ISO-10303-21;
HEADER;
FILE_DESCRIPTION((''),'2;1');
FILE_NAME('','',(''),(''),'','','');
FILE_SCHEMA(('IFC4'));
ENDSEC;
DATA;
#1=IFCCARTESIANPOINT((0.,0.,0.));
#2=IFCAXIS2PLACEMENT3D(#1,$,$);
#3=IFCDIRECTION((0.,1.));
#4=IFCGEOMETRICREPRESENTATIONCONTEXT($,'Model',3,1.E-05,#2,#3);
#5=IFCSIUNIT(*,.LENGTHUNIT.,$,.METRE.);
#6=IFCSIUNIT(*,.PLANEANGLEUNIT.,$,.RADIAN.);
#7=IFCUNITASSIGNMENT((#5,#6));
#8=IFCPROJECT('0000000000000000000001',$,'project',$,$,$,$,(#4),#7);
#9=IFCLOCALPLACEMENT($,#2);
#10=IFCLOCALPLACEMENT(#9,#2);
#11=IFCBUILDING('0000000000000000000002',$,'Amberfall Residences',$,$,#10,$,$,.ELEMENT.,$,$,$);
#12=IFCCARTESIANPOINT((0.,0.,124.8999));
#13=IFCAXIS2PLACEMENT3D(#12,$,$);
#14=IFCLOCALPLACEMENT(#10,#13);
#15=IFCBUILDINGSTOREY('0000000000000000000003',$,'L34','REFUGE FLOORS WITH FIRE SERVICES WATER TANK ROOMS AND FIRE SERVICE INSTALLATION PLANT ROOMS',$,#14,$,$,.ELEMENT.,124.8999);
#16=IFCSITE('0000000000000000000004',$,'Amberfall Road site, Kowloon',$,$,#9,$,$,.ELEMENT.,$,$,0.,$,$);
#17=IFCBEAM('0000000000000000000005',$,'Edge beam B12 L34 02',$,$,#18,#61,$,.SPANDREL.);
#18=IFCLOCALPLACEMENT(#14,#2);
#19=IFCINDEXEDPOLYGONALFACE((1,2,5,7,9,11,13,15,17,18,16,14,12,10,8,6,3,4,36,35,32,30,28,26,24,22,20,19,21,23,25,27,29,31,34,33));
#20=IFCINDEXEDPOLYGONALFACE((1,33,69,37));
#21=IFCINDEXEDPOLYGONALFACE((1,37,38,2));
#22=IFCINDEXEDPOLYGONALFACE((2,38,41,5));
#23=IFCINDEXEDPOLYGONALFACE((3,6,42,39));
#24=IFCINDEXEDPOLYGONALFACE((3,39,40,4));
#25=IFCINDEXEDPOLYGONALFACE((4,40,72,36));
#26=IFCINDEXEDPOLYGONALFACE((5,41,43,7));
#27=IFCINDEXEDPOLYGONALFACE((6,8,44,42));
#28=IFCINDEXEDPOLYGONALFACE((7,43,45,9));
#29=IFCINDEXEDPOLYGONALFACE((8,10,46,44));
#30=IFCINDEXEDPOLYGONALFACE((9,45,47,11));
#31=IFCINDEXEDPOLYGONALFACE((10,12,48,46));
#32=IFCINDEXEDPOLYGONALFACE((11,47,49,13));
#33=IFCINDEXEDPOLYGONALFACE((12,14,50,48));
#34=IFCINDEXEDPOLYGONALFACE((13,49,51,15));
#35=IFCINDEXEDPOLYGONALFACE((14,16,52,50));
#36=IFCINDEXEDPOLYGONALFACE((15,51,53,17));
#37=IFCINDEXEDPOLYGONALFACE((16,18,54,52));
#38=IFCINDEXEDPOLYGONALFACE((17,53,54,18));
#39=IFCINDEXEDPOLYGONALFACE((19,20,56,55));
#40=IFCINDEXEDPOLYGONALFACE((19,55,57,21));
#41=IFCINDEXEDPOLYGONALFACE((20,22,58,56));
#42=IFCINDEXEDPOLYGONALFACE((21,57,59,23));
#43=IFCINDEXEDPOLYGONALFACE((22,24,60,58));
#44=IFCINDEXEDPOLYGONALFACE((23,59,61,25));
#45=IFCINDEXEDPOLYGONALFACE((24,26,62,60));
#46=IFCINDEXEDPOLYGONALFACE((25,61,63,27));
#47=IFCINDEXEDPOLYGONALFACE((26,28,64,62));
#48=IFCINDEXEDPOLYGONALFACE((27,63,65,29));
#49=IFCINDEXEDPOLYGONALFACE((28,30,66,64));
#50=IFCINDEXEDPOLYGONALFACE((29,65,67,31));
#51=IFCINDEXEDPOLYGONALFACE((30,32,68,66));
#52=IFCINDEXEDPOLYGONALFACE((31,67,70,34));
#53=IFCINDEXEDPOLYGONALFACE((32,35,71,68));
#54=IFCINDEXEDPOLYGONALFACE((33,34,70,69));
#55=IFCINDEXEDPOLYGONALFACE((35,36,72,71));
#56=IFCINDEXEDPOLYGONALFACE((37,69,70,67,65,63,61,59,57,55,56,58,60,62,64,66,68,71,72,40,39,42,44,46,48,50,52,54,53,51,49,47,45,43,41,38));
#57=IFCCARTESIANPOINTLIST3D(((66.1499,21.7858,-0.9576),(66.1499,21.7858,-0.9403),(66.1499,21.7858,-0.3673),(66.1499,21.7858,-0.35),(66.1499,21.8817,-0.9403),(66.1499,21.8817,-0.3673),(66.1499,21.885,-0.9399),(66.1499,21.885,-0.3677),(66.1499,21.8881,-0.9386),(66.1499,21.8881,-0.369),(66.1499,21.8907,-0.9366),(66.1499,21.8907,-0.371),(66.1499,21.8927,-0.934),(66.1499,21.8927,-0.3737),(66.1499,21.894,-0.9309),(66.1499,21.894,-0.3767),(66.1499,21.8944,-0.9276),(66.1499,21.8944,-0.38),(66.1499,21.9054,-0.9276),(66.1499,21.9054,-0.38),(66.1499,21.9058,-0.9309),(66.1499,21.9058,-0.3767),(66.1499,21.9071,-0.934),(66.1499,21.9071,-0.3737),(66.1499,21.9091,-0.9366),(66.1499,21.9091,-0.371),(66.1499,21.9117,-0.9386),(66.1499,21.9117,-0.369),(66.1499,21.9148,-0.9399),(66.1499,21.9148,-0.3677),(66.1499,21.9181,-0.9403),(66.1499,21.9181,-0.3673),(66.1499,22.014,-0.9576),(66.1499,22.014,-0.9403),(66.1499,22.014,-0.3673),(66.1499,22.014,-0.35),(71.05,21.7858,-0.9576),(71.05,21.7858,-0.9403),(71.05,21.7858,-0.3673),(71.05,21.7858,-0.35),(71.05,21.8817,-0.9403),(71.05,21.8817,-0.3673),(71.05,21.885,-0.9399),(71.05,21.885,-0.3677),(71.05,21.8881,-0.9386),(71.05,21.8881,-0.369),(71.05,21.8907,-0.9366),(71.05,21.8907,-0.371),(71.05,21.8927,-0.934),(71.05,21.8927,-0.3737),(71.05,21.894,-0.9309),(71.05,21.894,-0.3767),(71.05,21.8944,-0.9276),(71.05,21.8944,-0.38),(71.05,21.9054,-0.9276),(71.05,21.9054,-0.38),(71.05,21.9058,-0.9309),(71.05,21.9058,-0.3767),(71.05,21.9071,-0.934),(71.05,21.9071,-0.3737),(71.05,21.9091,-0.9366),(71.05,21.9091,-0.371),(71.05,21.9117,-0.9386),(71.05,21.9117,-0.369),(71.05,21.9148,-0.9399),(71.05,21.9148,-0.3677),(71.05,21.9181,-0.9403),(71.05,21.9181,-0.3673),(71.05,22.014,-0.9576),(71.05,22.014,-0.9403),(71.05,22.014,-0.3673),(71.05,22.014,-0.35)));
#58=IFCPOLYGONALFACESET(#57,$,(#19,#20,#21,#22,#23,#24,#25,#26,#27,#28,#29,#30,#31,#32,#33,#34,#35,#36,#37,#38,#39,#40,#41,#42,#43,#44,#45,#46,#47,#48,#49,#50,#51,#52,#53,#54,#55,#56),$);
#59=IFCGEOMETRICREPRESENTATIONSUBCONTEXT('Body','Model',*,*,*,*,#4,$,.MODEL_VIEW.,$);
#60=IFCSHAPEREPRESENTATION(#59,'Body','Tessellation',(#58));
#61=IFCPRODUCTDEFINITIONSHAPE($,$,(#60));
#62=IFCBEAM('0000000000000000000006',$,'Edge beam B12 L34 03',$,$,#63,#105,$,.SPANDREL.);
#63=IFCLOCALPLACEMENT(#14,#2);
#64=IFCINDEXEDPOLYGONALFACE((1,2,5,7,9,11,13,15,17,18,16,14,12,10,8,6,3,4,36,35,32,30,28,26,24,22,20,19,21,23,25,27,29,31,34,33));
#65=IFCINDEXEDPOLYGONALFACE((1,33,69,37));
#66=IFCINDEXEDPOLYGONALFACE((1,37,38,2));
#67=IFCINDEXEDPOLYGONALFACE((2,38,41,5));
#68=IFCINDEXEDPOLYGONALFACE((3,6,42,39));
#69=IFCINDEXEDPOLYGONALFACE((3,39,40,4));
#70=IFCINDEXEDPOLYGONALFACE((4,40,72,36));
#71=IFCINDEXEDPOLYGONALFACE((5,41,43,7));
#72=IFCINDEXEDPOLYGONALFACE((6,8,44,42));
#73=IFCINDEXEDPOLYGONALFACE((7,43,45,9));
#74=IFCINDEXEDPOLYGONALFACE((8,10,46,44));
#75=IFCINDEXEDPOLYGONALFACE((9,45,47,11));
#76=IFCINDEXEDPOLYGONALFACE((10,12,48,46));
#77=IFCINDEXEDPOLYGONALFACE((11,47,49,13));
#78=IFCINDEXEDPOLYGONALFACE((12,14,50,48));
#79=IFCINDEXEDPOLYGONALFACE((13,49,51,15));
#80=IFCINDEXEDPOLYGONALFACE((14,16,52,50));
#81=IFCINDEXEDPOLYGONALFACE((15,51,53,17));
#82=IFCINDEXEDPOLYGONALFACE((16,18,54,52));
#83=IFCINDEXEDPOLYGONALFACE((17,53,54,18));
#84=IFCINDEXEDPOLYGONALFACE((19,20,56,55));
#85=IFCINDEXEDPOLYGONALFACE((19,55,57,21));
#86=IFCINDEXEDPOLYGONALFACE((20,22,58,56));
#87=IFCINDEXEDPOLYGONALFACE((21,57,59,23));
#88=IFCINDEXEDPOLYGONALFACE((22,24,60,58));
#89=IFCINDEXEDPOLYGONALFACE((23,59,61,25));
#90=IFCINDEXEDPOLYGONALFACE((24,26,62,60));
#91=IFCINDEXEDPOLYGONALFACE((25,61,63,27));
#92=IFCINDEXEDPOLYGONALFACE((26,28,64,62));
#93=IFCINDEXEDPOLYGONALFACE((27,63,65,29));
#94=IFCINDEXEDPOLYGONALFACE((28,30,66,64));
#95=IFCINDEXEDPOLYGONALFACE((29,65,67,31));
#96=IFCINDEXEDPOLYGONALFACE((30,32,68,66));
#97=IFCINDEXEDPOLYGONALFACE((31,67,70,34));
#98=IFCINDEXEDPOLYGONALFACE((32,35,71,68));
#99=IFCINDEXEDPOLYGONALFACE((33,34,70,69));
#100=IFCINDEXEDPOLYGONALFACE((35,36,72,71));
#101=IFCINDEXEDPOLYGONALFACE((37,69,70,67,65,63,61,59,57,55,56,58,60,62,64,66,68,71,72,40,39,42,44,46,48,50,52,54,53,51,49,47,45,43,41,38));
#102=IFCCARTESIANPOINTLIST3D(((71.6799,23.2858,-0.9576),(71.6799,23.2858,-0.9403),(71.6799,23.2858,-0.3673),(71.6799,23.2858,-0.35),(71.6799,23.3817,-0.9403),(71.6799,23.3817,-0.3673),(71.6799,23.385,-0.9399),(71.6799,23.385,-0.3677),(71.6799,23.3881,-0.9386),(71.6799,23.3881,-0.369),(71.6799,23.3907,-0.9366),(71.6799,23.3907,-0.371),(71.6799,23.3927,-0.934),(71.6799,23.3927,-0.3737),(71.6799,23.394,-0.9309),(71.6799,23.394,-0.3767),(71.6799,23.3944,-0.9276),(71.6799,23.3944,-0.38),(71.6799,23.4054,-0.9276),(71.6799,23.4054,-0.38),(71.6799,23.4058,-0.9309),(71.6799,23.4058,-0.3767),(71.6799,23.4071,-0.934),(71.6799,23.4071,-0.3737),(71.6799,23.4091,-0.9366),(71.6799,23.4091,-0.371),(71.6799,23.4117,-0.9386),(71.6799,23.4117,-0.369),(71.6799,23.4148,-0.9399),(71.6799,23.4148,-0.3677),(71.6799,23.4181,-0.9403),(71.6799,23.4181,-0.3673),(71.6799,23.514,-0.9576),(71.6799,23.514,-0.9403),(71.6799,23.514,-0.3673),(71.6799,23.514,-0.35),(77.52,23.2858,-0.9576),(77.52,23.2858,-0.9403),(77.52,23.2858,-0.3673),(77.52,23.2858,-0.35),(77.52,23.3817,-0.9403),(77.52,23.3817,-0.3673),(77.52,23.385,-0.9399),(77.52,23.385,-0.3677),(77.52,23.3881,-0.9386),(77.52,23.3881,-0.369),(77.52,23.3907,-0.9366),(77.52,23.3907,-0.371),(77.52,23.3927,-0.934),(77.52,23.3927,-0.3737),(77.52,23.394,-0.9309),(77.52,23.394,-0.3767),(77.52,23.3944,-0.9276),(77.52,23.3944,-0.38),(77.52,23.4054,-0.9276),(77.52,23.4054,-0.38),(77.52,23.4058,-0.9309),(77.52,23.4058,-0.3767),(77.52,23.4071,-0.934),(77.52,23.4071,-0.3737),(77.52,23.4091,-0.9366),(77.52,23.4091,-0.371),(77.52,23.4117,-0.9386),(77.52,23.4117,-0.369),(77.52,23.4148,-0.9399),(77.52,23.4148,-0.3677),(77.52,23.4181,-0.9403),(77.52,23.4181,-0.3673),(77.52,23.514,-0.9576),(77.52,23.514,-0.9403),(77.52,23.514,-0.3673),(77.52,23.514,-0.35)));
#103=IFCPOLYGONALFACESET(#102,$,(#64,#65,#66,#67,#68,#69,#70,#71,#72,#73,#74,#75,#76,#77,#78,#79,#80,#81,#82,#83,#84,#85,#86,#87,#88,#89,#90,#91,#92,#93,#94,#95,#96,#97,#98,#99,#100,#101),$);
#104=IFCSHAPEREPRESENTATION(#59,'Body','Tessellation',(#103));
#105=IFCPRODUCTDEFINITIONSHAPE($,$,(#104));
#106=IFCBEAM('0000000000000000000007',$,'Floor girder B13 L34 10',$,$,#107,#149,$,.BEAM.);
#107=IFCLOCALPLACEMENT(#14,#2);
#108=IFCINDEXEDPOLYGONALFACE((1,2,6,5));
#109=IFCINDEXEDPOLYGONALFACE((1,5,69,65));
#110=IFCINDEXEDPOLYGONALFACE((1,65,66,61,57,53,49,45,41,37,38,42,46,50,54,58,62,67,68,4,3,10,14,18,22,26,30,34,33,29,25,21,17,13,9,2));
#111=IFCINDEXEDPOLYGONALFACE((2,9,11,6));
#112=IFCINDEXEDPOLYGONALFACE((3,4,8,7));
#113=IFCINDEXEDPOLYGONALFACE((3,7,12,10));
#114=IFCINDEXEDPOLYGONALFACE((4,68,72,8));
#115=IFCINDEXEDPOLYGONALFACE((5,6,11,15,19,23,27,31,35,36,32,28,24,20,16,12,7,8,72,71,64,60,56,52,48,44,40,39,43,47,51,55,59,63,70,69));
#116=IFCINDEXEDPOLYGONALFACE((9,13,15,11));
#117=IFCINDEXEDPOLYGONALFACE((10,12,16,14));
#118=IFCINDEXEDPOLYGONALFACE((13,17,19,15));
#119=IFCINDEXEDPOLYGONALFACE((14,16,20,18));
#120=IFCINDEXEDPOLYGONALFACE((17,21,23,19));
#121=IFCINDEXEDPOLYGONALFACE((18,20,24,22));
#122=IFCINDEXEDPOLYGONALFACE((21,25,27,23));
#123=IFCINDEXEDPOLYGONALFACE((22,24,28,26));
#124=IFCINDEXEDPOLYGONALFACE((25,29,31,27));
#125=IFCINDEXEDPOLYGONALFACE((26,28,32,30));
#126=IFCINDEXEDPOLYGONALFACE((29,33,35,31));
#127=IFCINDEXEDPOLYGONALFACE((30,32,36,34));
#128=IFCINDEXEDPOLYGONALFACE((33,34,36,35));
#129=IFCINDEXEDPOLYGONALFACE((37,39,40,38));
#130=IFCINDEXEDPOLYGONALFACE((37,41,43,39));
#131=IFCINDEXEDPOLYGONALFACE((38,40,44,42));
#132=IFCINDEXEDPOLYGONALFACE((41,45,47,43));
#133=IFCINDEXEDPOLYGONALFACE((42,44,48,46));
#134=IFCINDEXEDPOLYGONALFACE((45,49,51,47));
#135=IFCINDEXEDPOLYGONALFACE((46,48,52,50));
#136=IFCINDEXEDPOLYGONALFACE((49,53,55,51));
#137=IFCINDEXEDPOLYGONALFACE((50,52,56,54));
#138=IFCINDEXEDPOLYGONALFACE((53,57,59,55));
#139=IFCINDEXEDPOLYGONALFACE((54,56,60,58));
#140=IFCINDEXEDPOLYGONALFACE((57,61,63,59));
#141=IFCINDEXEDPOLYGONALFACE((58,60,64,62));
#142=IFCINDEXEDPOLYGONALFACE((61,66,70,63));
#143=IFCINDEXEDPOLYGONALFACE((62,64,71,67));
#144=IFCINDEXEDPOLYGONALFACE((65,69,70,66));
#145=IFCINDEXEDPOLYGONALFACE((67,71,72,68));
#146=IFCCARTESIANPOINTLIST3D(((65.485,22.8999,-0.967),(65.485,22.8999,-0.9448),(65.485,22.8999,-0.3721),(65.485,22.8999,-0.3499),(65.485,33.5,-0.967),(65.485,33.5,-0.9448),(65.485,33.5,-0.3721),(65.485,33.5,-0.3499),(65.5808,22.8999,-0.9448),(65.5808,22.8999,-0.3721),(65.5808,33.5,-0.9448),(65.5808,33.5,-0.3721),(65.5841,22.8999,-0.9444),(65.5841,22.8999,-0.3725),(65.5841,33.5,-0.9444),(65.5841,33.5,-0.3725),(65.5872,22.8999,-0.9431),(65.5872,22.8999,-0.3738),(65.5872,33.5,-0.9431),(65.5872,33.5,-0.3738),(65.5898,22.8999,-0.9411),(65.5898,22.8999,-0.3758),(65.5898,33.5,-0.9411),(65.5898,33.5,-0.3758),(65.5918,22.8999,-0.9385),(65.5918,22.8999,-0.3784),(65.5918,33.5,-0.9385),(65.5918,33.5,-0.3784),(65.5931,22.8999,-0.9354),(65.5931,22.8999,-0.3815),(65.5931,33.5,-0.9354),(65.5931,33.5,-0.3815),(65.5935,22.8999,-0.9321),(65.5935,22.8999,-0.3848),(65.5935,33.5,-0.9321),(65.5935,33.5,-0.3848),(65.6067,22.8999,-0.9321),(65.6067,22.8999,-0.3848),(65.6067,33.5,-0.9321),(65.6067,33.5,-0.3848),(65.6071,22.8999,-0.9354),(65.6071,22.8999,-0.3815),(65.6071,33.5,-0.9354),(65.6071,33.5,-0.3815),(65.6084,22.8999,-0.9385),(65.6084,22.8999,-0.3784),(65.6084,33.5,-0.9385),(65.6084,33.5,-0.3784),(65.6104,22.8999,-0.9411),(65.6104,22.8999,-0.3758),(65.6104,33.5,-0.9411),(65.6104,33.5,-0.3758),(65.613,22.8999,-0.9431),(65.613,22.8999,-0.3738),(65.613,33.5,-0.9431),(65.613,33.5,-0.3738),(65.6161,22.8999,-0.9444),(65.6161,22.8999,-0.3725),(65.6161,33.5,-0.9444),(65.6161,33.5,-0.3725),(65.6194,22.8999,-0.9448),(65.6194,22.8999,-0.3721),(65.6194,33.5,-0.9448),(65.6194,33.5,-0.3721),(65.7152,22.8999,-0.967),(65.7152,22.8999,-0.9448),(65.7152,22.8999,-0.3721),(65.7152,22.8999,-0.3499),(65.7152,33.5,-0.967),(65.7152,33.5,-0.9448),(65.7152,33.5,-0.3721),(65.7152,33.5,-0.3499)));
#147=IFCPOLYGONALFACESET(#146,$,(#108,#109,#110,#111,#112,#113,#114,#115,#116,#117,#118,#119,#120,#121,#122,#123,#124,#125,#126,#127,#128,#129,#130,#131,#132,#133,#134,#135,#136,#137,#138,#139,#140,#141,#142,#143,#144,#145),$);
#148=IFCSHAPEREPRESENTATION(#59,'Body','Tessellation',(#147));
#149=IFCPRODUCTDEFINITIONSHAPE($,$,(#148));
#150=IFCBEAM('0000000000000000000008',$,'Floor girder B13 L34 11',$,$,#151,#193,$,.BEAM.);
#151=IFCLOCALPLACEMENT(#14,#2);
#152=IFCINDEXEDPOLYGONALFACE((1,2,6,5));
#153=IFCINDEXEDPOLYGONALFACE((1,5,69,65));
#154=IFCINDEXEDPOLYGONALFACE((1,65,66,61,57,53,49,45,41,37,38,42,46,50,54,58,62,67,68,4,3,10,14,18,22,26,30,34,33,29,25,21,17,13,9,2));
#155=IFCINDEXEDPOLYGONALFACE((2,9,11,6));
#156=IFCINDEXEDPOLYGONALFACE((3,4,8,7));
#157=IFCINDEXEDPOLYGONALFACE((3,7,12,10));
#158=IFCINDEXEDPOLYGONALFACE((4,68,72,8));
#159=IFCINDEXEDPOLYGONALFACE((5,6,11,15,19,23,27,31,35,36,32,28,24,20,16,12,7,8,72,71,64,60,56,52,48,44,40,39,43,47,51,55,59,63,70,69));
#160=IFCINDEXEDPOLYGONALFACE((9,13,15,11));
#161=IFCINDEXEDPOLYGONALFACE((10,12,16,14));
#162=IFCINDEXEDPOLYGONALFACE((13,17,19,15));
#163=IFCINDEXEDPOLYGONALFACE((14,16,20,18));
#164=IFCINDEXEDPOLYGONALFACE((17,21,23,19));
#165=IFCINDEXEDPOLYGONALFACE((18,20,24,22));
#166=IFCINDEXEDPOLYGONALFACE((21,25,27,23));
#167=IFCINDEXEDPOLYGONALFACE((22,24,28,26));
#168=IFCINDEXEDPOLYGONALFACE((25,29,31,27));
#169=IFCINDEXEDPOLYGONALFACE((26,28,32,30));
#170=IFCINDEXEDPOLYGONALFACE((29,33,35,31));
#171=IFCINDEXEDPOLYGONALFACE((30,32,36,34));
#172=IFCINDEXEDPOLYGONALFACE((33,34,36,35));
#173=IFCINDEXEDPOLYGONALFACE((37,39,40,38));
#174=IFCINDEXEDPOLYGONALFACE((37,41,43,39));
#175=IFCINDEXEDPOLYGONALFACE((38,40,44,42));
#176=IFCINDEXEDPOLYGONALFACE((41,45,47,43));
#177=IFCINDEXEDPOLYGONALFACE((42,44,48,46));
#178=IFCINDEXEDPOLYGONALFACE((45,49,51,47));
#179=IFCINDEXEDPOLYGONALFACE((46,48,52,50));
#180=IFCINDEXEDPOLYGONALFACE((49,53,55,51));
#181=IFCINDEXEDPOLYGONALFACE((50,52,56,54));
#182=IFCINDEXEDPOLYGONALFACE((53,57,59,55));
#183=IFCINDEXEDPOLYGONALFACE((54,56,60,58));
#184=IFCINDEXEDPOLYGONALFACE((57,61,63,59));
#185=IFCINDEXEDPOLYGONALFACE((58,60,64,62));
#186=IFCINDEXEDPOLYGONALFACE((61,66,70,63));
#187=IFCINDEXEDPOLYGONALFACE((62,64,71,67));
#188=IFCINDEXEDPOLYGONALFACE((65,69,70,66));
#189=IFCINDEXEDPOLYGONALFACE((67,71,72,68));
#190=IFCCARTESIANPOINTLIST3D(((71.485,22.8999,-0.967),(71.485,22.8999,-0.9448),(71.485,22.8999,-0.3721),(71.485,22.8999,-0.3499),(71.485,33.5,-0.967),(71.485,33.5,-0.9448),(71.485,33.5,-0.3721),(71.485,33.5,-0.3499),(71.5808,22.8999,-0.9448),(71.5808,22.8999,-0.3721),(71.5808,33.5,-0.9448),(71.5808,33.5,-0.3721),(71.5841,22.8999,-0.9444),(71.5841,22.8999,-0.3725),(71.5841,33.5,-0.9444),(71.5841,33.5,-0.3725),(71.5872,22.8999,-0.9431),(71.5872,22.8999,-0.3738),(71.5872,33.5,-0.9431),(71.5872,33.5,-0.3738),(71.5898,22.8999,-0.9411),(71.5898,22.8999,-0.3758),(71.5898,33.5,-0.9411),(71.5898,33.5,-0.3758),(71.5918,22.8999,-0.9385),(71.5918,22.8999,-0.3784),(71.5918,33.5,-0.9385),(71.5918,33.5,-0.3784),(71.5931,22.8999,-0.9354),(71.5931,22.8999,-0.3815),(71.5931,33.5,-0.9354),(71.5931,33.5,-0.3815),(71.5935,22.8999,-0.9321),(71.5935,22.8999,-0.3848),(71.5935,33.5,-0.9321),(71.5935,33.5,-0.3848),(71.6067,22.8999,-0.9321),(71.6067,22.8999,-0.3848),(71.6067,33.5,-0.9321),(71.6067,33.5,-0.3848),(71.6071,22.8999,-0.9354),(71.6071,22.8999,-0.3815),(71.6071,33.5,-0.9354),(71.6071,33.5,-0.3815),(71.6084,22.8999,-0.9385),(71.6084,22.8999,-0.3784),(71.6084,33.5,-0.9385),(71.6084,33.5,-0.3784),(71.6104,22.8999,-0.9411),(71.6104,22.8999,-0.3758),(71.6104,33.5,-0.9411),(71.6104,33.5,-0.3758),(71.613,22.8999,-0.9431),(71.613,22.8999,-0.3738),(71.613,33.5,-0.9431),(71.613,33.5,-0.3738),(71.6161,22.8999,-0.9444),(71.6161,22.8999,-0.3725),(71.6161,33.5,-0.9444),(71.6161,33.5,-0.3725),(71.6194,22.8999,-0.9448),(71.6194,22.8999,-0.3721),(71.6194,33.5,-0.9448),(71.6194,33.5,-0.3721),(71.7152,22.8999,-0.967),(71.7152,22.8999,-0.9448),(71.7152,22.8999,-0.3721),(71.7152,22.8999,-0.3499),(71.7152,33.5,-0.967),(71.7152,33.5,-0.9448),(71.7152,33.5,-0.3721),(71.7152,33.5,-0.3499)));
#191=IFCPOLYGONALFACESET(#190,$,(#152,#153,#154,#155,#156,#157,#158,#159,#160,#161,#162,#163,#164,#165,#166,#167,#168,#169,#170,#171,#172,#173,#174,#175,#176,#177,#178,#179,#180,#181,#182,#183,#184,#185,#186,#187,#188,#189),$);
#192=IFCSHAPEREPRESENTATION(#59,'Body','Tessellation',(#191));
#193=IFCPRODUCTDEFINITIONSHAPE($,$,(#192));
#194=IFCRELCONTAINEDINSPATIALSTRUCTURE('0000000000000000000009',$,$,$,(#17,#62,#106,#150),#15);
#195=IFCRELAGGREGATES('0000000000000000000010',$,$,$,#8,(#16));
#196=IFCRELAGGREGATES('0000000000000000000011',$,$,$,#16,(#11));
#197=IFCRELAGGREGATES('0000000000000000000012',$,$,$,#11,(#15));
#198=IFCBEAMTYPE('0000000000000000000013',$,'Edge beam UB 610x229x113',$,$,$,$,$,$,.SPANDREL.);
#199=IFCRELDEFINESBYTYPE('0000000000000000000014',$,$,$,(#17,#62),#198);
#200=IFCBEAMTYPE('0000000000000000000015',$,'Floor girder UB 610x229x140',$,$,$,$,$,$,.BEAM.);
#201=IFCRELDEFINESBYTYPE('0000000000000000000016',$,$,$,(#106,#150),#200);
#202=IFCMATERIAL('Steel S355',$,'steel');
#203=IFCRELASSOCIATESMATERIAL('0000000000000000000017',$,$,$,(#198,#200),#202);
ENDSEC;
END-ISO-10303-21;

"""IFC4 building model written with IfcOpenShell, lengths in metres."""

from ifc_helpers import new_model, si_unit, direction, frame, origin, origin_2d, place, context, subcontext, project, spatial, i_section, extrude, material, material_profile, profile_set, type_object, element, save


model = new_model("IFC4")

# Units and contexts
model_context = context("Model", 3, precision=1e-05, world=origin(), true_north=direction((0.0, 1.0)))
body_context = subcontext(model_context, "Body", "Model", "MODEL_VIEW")
ifc_project = project(units=[si_unit("LENGTHUNIT", "METRE"), si_unit("PLANEANGLEUNIT", "RADIAN")], contexts=[model_context])

# Site, building, storey
site_placement = place(None, origin())
site = spatial("IfcSite", under=ifc_project, at=site_placement, Name="Amberfall Road site, Kowloon", CompositionType="ELEMENT", RefElevation=0.0)
building_placement = place(site_placement, origin())
building = spatial("IfcBuilding", under=site, at=building_placement, Name="Amberfall Residences", CompositionType="ELEMENT")
storey_placement = place(building_placement, frame((0.0, 0.0, 124.8999)))
storey = spatial("IfcBuildingStorey", under=building, at=storey_placement, Name="L34", Description="REFUGE FLOORS WITH FIRE SERVICES WATER TANK ROOMS AND FIRE SERVICE INSTALLATION PLANT ROOMS", CompositionType="ELEMENT", Elevation=124.8999)

# Shared definitions
ifc_material_1 = material(Name="Steel S355", Category="steel")

# Beams
ifc_material_profile_1 = material_profile(ifc_material_1, i_section(OverallWidth=0.2283, OverallDepth=0.6077, WebThickness=0.011, FlangeThickness=0.0173, FilletRadius=0.0127, at=origin_2d()), Name="UB 610x229x113")
ifc_profile_set_1 = profile_set([ifc_material_profile_1], Name="Steel S355")
beam_type_1 = type_object("IfcBeamType", Name="Edge beam UB 610x229x113", PredefinedType="SPANDREL", material=ifc_profile_set_1)
beam_1_placement = place(storey_placement, frame((66.1499, 21.8999, -0.6538), z_axis=(1.0, 0.0, 0.0), x_axis=(0.0, 1.0, 0.0)))
element("IfcBeam", 1, at=beam_1_placement, inside=storey, type_object=beam_type_1, Name="Edge beam B12 L34 02", PredefinedType="SPANDREL", context=body_context, shape_type="SweptSolid", body=[
    extrude(i_section(OverallWidth=0.2283, OverallDepth=0.6077, WebThickness=0.011, FlangeThickness=0.0173, FilletRadius=0.0127, at=origin_2d()), origin(), (0.0, 0.0, 1.0), 4.9001),
])
beam_2_placement = place(storey_placement, frame((71.6799, 23.3999, -0.6538), z_axis=(1.0, 0.0, 0.0), x_axis=(0.0, 1.0, 0.0)))
element("IfcBeam", 2, at=beam_2_placement, inside=storey, type_object=beam_type_1, Name="Edge beam B12 L34 03", PredefinedType="SPANDREL", context=body_context, shape_type="SweptSolid", body=[
    extrude(i_section(OverallWidth=0.2283, OverallDepth=0.6077, WebThickness=0.011, FlangeThickness=0.0173, FilletRadius=0.0127, at=origin_2d()), origin(), (0.0, 0.0, 1.0), 5.8401),
])
ifc_material_profile_2 = material_profile(ifc_material_1, i_section(OverallWidth=0.2302, OverallDepth=0.6172, WebThickness=0.0132, FlangeThickness=0.0222, FilletRadius=0.0127, at=origin_2d()), Name="UB 610x229x140")
ifc_profile_set_2 = profile_set([ifc_material_profile_2], Name="Steel S355")
beam_type_2 = type_object("IfcBeamType", Name="Floor girder UB 610x229x140", PredefinedType="BEAM", material=ifc_profile_set_2)
for number, where, z_axis, x_axis, name in (
    (3, (65.6001, 22.8999, -0.6584), (0.0, 1.0, 0.0), (-1.0, 0.0, 0.0), "Floor girder B13 L34 10"),
    (4, (71.6001, 22.8999, -0.6584), (0.0, 1.0, 0.0), (-1.0, 0.0, 0.0), "Floor girder B13 L34 11"),
):
    element("IfcBeam", number, at=place(storey_placement, frame(where, z_axis=z_axis, x_axis=x_axis)), inside=storey, type_object=beam_type_2, Name=name, PredefinedType="BEAM", context=body_context, shape_type="SweptSolid", body=[
        extrude(i_section(OverallWidth=0.2302, OverallDepth=0.6172, WebThickness=0.0132, FlangeThickness=0.0222, FilletRadius=0.0127, at=origin_2d()), origin(), (0.0, 0.0, 1.0), 10.6001),
    ])

save(model, "model.ifc")
